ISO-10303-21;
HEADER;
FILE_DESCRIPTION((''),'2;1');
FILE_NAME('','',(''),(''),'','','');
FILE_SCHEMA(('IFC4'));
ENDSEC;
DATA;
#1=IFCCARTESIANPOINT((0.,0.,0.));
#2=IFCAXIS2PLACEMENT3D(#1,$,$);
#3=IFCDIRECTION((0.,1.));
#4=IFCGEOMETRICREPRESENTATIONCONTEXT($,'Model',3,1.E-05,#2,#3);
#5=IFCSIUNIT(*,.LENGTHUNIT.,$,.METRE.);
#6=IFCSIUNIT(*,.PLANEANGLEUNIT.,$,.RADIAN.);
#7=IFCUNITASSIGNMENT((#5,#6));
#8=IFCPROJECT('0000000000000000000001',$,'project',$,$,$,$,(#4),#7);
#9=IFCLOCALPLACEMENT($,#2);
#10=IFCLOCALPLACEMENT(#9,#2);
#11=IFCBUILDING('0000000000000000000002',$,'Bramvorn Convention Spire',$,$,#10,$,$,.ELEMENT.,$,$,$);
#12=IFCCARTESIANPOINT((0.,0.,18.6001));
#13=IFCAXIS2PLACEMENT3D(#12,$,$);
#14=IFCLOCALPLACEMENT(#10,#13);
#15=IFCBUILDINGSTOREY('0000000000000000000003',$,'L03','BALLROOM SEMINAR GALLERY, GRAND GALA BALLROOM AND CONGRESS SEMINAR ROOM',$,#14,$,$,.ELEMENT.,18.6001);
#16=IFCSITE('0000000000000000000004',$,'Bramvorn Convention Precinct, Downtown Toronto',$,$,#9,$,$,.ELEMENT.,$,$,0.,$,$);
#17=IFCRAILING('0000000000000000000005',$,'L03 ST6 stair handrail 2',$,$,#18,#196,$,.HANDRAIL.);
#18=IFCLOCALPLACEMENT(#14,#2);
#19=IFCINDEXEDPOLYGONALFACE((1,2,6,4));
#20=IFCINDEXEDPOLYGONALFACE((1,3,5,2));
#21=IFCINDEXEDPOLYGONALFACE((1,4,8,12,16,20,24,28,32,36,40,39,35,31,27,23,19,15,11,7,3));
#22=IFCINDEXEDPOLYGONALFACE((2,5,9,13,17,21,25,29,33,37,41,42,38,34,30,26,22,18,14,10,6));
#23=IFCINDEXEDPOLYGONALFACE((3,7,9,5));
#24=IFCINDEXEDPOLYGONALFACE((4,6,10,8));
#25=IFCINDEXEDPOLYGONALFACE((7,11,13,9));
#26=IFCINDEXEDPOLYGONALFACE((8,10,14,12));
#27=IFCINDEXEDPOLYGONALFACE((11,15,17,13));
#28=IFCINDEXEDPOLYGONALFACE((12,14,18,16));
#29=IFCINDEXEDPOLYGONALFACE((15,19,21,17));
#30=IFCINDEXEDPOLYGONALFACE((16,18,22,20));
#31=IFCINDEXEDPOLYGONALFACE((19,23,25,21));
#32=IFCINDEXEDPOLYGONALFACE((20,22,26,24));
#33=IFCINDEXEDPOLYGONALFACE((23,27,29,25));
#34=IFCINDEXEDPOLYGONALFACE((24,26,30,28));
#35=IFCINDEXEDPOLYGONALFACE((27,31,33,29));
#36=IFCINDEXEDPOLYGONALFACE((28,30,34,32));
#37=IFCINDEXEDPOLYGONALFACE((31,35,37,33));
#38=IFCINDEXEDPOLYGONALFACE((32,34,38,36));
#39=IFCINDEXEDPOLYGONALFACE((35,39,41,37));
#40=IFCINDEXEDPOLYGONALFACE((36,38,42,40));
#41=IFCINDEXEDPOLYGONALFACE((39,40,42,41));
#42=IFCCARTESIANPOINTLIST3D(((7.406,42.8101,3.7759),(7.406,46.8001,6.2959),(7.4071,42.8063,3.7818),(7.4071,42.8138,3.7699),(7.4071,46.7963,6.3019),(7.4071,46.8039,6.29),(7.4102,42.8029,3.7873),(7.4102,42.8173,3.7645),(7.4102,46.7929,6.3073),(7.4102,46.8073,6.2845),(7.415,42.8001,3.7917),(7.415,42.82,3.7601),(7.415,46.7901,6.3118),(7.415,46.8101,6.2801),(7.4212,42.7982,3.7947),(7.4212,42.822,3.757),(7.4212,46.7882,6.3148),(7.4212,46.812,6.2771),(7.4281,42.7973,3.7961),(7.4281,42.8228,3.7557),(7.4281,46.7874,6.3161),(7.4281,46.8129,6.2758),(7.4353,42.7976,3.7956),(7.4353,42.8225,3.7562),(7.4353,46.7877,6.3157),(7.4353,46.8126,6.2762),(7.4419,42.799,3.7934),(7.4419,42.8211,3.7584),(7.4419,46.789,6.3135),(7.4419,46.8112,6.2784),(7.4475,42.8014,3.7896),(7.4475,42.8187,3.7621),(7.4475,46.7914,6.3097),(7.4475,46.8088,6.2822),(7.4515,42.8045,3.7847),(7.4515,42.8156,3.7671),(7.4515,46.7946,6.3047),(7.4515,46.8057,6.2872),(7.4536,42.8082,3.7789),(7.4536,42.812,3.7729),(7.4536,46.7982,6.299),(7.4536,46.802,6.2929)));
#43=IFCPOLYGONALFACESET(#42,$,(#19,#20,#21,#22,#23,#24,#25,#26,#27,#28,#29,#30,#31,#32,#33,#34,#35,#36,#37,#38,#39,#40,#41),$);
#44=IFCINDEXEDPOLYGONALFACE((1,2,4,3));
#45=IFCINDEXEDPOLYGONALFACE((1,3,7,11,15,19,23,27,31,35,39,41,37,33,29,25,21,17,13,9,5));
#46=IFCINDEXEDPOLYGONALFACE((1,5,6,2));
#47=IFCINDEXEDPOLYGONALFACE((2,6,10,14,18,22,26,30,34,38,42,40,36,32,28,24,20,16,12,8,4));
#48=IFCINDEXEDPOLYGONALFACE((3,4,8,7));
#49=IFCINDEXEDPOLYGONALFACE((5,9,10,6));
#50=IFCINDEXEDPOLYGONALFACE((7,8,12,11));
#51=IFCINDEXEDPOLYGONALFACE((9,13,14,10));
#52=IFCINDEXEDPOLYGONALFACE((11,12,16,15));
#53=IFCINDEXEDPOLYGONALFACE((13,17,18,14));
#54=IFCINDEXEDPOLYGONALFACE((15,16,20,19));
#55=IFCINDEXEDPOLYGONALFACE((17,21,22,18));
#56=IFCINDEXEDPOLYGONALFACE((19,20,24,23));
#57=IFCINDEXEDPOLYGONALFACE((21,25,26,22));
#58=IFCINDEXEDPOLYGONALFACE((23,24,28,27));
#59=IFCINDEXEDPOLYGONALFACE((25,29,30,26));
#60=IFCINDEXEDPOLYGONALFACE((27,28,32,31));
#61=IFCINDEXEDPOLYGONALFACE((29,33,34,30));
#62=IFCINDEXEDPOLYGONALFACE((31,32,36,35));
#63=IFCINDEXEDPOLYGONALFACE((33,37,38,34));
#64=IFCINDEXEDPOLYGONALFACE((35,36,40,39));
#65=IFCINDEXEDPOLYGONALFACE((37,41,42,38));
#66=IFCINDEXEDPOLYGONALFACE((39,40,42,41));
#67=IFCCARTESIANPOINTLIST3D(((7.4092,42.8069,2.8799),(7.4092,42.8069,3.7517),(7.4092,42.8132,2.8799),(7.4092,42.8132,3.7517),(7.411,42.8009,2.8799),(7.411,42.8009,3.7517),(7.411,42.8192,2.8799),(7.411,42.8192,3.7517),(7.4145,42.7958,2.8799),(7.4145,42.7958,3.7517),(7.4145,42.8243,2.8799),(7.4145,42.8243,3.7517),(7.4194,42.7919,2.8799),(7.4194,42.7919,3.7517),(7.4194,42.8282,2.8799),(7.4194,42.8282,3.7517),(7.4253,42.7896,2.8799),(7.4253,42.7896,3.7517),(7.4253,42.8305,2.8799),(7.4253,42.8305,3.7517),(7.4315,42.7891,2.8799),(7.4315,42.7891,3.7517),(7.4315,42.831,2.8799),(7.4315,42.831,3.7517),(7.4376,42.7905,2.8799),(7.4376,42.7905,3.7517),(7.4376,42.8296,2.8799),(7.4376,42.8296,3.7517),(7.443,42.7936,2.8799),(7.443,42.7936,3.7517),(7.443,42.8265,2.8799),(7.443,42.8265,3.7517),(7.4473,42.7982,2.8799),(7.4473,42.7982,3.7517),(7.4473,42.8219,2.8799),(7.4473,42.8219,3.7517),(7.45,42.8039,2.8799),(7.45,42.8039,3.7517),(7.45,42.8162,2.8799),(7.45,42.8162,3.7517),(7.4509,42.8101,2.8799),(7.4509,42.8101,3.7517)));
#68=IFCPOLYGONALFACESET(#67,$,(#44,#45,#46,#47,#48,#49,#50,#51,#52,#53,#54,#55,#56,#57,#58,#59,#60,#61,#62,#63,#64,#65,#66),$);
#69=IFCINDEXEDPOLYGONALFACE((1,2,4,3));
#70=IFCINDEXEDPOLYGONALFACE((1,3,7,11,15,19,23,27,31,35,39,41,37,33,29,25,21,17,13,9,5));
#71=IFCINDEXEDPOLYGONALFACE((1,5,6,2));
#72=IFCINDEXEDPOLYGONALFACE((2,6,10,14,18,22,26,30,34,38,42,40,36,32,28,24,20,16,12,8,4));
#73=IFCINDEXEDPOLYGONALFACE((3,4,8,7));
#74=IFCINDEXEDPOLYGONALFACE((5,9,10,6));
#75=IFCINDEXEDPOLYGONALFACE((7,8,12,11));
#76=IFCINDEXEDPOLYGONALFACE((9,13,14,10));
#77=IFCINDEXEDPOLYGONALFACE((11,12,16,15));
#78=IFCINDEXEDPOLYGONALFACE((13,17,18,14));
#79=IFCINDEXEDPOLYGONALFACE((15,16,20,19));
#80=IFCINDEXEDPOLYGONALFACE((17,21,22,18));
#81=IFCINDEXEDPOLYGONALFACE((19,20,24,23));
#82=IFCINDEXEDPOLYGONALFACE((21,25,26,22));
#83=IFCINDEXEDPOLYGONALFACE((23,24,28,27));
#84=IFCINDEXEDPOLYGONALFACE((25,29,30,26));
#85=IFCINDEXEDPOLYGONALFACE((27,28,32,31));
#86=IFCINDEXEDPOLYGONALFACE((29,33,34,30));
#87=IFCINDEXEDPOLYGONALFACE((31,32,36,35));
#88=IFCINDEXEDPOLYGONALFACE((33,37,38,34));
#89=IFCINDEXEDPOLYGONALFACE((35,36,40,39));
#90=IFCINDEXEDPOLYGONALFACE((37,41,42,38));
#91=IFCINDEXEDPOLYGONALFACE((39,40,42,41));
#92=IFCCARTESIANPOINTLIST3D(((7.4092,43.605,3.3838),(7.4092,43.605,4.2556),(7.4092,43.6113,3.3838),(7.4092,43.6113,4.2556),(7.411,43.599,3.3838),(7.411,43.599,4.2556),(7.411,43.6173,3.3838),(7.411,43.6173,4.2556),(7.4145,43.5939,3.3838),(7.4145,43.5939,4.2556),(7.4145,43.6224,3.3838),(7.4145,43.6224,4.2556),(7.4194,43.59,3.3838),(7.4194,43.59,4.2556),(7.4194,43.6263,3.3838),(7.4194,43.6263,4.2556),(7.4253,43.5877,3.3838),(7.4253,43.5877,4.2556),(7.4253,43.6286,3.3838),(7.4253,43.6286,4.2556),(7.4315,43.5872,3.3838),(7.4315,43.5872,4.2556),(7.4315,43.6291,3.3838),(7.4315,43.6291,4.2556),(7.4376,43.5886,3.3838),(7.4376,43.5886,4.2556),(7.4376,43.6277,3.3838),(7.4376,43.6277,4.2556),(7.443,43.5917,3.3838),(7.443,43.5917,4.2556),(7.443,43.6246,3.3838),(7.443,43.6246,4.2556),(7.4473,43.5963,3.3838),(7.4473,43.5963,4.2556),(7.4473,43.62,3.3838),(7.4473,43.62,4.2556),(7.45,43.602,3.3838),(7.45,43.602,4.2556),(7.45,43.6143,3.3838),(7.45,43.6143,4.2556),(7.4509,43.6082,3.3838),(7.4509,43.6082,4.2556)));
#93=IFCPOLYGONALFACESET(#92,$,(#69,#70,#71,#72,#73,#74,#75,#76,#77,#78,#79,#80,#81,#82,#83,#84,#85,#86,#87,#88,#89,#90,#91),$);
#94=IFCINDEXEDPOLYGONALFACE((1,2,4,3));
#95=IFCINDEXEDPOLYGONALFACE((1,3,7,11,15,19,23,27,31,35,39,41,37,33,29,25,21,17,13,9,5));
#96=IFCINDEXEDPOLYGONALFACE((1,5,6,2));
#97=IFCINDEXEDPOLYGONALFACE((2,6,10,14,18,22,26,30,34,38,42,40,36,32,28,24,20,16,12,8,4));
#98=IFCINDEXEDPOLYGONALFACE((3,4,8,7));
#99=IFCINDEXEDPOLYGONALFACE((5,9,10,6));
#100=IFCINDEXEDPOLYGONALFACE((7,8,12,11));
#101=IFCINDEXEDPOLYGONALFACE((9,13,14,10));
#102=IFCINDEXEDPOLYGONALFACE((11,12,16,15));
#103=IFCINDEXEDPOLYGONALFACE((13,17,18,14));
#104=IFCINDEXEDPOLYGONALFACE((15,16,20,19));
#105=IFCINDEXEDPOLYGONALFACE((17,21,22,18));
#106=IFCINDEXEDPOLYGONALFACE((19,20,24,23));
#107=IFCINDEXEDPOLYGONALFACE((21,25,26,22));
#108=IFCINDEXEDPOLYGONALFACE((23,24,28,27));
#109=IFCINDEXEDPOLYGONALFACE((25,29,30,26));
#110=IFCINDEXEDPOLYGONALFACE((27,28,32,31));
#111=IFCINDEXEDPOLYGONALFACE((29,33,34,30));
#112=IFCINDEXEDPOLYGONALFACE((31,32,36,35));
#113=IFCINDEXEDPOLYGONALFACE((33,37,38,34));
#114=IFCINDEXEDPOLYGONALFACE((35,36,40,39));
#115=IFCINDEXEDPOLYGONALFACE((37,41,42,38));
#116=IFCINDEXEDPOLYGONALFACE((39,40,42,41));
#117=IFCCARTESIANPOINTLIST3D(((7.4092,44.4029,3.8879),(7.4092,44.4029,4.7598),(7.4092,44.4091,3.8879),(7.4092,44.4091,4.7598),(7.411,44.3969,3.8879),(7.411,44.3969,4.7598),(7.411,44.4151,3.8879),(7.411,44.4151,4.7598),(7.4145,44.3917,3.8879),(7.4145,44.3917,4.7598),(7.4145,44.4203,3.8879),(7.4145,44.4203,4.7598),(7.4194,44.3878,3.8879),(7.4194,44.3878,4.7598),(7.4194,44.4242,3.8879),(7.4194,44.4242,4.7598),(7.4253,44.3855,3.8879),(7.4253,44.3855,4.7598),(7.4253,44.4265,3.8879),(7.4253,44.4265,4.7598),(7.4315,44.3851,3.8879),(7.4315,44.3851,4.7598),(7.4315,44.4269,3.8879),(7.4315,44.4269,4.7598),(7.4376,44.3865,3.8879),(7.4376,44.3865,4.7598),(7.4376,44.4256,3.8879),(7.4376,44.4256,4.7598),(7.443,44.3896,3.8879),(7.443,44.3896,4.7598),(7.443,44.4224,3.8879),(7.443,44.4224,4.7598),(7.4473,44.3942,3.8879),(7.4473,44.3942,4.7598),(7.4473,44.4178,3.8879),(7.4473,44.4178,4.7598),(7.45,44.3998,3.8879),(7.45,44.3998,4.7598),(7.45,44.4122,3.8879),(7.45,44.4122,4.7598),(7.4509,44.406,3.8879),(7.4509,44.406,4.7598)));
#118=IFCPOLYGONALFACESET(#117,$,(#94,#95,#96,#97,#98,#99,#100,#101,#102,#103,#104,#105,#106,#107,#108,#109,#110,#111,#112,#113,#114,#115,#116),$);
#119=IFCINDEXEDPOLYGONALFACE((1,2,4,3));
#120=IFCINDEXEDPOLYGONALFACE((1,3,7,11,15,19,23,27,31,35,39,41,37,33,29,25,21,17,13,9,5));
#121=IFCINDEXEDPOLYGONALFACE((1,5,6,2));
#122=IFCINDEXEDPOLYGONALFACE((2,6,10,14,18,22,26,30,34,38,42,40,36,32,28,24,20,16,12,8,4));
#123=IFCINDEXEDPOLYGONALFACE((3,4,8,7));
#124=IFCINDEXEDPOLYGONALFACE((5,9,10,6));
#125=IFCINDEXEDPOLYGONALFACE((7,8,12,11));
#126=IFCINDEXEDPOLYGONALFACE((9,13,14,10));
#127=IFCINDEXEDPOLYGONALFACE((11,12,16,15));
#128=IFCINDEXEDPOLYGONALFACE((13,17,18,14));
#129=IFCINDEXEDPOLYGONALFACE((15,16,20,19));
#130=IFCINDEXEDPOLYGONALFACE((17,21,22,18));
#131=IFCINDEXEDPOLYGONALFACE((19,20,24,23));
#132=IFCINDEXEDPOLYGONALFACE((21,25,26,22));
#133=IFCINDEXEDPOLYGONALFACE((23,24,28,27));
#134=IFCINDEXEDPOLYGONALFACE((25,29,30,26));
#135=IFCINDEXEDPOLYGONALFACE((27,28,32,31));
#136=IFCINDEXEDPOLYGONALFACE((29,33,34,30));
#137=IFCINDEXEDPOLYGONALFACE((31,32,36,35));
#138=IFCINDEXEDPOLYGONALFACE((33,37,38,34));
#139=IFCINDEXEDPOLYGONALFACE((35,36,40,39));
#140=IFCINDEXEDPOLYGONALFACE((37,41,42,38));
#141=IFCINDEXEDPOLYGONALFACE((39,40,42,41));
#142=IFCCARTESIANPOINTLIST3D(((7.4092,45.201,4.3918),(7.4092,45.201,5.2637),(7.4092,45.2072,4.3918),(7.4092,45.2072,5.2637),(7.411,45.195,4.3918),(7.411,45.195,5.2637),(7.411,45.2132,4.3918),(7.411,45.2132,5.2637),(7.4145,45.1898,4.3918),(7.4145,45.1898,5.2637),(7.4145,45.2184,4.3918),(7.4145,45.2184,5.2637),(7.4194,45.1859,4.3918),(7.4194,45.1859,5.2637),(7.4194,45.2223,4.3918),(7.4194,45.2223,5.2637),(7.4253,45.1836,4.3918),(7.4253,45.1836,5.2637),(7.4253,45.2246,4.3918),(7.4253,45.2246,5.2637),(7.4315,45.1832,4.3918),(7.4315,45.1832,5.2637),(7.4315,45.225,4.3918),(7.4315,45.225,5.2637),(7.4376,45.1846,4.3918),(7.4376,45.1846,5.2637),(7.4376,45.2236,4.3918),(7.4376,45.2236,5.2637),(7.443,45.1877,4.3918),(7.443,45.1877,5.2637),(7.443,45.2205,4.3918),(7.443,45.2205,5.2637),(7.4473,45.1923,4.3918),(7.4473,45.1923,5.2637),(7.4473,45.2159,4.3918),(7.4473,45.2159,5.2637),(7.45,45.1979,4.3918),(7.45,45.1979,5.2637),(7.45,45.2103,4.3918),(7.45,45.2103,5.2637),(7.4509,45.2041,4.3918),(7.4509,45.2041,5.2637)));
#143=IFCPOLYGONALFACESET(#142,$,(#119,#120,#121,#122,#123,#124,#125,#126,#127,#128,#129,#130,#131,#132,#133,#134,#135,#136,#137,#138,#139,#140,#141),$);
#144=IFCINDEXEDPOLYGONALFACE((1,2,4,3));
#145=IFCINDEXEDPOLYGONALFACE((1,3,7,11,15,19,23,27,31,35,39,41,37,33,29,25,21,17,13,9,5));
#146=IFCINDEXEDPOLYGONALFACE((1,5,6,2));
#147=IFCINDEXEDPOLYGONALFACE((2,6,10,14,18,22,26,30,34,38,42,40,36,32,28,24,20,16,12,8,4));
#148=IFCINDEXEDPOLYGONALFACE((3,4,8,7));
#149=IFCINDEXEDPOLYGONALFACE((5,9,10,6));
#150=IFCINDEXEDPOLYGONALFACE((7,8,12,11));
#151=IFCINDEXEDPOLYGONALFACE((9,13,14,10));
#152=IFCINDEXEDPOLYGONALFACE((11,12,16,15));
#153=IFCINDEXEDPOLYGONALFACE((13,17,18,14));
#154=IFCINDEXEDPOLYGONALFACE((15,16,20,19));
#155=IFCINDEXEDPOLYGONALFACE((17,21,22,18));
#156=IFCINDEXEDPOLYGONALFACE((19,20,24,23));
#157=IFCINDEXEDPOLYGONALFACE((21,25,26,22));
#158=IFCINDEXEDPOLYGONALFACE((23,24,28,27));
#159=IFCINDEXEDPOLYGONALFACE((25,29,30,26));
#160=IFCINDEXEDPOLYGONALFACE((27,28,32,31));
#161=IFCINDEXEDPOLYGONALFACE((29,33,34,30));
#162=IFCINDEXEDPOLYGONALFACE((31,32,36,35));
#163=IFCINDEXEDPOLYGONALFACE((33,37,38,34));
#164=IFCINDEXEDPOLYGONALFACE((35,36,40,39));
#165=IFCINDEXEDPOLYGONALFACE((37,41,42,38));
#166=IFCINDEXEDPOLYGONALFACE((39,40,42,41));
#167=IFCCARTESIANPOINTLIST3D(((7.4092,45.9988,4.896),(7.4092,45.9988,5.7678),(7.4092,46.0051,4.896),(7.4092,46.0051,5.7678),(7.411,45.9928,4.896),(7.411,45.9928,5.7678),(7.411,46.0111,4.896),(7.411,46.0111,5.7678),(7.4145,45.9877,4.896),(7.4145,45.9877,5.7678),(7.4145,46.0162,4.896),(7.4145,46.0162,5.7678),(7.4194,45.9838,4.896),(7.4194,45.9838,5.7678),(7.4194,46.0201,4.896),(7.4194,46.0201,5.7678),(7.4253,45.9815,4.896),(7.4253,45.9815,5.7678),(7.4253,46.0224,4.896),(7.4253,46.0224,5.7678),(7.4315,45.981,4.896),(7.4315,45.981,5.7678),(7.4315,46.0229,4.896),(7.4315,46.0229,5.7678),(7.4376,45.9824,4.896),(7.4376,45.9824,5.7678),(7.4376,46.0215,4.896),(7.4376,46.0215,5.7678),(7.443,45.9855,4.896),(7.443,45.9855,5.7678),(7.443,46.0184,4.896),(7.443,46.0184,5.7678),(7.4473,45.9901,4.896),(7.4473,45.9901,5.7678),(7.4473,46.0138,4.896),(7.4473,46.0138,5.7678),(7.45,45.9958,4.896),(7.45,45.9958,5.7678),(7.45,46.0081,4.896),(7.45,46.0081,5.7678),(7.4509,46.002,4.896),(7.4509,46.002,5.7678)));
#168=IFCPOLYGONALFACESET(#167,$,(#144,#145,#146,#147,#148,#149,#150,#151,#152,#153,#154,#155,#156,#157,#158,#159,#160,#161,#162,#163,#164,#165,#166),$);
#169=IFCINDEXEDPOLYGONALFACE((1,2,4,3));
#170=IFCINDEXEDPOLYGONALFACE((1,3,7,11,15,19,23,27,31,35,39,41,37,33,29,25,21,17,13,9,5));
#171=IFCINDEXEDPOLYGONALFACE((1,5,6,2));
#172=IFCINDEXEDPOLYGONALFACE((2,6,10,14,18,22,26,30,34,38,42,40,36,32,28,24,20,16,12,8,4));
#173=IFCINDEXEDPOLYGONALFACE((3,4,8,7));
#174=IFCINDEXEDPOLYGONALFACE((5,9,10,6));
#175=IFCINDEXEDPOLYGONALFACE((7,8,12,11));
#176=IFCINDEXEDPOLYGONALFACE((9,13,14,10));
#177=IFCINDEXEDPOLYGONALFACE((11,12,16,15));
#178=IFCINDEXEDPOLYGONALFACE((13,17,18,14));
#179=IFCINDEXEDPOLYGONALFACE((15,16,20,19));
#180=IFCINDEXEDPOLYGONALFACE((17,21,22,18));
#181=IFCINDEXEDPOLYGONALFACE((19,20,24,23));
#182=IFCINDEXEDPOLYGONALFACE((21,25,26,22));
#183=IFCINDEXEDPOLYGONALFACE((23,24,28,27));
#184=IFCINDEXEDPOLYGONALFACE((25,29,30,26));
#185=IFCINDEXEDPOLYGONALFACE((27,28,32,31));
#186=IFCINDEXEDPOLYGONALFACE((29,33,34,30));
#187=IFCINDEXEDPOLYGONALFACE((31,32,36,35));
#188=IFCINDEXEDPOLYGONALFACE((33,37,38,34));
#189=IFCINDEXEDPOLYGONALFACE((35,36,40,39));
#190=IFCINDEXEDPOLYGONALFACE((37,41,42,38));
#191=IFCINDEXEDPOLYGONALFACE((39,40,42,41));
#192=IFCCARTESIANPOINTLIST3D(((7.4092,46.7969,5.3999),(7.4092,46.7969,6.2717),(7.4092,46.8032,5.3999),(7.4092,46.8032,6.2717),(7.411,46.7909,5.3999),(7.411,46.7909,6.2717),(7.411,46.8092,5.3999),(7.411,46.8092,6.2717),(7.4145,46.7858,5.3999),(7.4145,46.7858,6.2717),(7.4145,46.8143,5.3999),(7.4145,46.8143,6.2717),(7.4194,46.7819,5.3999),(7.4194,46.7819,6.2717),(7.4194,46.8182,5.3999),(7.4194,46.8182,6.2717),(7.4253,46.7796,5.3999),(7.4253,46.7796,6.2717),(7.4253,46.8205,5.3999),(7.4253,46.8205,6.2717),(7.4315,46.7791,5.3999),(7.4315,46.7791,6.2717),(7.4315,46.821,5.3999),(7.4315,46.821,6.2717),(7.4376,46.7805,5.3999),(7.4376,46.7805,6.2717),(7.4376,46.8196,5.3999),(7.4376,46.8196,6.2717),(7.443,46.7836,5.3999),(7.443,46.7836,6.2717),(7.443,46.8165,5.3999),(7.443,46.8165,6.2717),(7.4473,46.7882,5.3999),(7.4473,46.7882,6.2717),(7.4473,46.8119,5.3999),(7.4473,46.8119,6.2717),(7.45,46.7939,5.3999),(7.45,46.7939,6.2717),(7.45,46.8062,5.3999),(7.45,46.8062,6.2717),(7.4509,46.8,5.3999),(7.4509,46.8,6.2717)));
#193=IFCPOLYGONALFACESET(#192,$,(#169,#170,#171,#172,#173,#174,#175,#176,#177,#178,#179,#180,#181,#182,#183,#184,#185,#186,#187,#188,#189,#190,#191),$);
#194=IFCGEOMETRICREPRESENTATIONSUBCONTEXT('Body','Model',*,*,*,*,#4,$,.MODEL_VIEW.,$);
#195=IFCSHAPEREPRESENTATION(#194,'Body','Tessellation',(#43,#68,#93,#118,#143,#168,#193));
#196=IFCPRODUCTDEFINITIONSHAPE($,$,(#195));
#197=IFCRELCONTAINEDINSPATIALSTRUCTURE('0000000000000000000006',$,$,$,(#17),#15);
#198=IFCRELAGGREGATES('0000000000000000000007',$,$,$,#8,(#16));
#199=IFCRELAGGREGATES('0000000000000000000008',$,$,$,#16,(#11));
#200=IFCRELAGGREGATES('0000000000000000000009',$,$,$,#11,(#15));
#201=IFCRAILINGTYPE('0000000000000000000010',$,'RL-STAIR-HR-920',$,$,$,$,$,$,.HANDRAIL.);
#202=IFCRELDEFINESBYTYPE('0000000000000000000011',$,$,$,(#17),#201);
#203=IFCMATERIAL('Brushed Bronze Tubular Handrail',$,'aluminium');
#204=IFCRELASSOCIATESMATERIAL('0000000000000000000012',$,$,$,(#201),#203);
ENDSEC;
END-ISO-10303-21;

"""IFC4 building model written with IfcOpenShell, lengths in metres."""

from ifc_helpers import new_model, si_unit, direction, frame, origin, origin_2d, place, context, subcontext, project, spatial, circle, extrude, material, type_object, element, save


model = new_model("IFC4")

# Units and contexts
model_context = context("Model", 3, precision=1e-05, world=origin(), true_north=direction((0.0, 1.0)))
body_context = subcontext(model_context, "Body", "Model", "MODEL_VIEW")
ifc_project = project(units=[si_unit("LENGTHUNIT", "METRE"), si_unit("PLANEANGLEUNIT", "RADIAN")], contexts=[model_context])

# Site, building, storey
site_placement = place(None, origin())
site = spatial("IfcSite", under=ifc_project, at=site_placement, Name="Bramvorn Convention Precinct, Downtown Toronto", CompositionType="ELEMENT", RefElevation=0.0)
building_placement = place(site_placement, origin())
building = spatial("IfcBuilding", under=site, at=building_placement, Name="Bramvorn Convention Spire", CompositionType="ELEMENT")
storey_placement = place(building_placement, frame((0.0, 0.0, 18.6001)))
storey = spatial("IfcBuildingStorey", under=building, at=storey_placement, Name="L03", Description="BALLROOM SEMINAR GALLERY, GRAND GALA BALLROOM AND CONGRESS SEMINAR ROOM", CompositionType="ELEMENT", Elevation=18.6001)

# Railing
ifc_material_1 = material(Name="Brushed Bronze Tubular Handrail", Category="aluminium")
railing_type_1 = type_object("IfcRailingType", Name="RL-STAIR-HR-920", PredefinedType="HANDRAIL", material=ifc_material_1)
railing_1_placement = place(storey_placement, frame((7.4299, 42.8101, 2.8799)))
element("IfcRailing", 1, at=railing_1_placement, inside=storey, type_object=railing_type_1, Name="L03 ST6 stair handrail 2", PredefinedType="HANDRAIL", context=body_context, shape_type="SweptSolid", body=[
    extrude(circle(Radius=0.0239, at=origin_2d()), frame((0.0, 0.0, 0.896), z_axis=(0.0, 0.845486, 0.533997), x_axis=(-1.0, 0.0, 0.0)), (0.0, 0.0, 1.0), 4.7192),
    extrude(circle(Radius=0.021, at=origin_2d()), origin(), (0.0, 0.0, 1.0), 0.8718),
    extrude(circle(Radius=0.021, at=origin_2d()), frame((0.0, 0.7981, 0.5039)), (0.0, 0.0, 1.0), 0.8718),
    extrude(circle(Radius=0.021, at=origin_2d()), frame((0.0, 1.5959, 1.0081)), (0.0, 0.0, 1.0), 0.8718),
    extrude(circle(Radius=0.021, at=origin_2d()), frame((0.0, 2.394, 1.512)), (0.0, 0.0, 1.0), 0.8718),
    extrude(circle(Radius=0.021, at=origin_2d()), frame((0.0, 3.1919, 2.0161)), (0.0, 0.0, 1.0), 0.8718),
    extrude(circle(Radius=0.021, at=origin_2d()), frame((0.0, 3.99, 2.52)), (0.0, 0.0, 1.0), 0.8718),
])

save(model, "model.ifc")
